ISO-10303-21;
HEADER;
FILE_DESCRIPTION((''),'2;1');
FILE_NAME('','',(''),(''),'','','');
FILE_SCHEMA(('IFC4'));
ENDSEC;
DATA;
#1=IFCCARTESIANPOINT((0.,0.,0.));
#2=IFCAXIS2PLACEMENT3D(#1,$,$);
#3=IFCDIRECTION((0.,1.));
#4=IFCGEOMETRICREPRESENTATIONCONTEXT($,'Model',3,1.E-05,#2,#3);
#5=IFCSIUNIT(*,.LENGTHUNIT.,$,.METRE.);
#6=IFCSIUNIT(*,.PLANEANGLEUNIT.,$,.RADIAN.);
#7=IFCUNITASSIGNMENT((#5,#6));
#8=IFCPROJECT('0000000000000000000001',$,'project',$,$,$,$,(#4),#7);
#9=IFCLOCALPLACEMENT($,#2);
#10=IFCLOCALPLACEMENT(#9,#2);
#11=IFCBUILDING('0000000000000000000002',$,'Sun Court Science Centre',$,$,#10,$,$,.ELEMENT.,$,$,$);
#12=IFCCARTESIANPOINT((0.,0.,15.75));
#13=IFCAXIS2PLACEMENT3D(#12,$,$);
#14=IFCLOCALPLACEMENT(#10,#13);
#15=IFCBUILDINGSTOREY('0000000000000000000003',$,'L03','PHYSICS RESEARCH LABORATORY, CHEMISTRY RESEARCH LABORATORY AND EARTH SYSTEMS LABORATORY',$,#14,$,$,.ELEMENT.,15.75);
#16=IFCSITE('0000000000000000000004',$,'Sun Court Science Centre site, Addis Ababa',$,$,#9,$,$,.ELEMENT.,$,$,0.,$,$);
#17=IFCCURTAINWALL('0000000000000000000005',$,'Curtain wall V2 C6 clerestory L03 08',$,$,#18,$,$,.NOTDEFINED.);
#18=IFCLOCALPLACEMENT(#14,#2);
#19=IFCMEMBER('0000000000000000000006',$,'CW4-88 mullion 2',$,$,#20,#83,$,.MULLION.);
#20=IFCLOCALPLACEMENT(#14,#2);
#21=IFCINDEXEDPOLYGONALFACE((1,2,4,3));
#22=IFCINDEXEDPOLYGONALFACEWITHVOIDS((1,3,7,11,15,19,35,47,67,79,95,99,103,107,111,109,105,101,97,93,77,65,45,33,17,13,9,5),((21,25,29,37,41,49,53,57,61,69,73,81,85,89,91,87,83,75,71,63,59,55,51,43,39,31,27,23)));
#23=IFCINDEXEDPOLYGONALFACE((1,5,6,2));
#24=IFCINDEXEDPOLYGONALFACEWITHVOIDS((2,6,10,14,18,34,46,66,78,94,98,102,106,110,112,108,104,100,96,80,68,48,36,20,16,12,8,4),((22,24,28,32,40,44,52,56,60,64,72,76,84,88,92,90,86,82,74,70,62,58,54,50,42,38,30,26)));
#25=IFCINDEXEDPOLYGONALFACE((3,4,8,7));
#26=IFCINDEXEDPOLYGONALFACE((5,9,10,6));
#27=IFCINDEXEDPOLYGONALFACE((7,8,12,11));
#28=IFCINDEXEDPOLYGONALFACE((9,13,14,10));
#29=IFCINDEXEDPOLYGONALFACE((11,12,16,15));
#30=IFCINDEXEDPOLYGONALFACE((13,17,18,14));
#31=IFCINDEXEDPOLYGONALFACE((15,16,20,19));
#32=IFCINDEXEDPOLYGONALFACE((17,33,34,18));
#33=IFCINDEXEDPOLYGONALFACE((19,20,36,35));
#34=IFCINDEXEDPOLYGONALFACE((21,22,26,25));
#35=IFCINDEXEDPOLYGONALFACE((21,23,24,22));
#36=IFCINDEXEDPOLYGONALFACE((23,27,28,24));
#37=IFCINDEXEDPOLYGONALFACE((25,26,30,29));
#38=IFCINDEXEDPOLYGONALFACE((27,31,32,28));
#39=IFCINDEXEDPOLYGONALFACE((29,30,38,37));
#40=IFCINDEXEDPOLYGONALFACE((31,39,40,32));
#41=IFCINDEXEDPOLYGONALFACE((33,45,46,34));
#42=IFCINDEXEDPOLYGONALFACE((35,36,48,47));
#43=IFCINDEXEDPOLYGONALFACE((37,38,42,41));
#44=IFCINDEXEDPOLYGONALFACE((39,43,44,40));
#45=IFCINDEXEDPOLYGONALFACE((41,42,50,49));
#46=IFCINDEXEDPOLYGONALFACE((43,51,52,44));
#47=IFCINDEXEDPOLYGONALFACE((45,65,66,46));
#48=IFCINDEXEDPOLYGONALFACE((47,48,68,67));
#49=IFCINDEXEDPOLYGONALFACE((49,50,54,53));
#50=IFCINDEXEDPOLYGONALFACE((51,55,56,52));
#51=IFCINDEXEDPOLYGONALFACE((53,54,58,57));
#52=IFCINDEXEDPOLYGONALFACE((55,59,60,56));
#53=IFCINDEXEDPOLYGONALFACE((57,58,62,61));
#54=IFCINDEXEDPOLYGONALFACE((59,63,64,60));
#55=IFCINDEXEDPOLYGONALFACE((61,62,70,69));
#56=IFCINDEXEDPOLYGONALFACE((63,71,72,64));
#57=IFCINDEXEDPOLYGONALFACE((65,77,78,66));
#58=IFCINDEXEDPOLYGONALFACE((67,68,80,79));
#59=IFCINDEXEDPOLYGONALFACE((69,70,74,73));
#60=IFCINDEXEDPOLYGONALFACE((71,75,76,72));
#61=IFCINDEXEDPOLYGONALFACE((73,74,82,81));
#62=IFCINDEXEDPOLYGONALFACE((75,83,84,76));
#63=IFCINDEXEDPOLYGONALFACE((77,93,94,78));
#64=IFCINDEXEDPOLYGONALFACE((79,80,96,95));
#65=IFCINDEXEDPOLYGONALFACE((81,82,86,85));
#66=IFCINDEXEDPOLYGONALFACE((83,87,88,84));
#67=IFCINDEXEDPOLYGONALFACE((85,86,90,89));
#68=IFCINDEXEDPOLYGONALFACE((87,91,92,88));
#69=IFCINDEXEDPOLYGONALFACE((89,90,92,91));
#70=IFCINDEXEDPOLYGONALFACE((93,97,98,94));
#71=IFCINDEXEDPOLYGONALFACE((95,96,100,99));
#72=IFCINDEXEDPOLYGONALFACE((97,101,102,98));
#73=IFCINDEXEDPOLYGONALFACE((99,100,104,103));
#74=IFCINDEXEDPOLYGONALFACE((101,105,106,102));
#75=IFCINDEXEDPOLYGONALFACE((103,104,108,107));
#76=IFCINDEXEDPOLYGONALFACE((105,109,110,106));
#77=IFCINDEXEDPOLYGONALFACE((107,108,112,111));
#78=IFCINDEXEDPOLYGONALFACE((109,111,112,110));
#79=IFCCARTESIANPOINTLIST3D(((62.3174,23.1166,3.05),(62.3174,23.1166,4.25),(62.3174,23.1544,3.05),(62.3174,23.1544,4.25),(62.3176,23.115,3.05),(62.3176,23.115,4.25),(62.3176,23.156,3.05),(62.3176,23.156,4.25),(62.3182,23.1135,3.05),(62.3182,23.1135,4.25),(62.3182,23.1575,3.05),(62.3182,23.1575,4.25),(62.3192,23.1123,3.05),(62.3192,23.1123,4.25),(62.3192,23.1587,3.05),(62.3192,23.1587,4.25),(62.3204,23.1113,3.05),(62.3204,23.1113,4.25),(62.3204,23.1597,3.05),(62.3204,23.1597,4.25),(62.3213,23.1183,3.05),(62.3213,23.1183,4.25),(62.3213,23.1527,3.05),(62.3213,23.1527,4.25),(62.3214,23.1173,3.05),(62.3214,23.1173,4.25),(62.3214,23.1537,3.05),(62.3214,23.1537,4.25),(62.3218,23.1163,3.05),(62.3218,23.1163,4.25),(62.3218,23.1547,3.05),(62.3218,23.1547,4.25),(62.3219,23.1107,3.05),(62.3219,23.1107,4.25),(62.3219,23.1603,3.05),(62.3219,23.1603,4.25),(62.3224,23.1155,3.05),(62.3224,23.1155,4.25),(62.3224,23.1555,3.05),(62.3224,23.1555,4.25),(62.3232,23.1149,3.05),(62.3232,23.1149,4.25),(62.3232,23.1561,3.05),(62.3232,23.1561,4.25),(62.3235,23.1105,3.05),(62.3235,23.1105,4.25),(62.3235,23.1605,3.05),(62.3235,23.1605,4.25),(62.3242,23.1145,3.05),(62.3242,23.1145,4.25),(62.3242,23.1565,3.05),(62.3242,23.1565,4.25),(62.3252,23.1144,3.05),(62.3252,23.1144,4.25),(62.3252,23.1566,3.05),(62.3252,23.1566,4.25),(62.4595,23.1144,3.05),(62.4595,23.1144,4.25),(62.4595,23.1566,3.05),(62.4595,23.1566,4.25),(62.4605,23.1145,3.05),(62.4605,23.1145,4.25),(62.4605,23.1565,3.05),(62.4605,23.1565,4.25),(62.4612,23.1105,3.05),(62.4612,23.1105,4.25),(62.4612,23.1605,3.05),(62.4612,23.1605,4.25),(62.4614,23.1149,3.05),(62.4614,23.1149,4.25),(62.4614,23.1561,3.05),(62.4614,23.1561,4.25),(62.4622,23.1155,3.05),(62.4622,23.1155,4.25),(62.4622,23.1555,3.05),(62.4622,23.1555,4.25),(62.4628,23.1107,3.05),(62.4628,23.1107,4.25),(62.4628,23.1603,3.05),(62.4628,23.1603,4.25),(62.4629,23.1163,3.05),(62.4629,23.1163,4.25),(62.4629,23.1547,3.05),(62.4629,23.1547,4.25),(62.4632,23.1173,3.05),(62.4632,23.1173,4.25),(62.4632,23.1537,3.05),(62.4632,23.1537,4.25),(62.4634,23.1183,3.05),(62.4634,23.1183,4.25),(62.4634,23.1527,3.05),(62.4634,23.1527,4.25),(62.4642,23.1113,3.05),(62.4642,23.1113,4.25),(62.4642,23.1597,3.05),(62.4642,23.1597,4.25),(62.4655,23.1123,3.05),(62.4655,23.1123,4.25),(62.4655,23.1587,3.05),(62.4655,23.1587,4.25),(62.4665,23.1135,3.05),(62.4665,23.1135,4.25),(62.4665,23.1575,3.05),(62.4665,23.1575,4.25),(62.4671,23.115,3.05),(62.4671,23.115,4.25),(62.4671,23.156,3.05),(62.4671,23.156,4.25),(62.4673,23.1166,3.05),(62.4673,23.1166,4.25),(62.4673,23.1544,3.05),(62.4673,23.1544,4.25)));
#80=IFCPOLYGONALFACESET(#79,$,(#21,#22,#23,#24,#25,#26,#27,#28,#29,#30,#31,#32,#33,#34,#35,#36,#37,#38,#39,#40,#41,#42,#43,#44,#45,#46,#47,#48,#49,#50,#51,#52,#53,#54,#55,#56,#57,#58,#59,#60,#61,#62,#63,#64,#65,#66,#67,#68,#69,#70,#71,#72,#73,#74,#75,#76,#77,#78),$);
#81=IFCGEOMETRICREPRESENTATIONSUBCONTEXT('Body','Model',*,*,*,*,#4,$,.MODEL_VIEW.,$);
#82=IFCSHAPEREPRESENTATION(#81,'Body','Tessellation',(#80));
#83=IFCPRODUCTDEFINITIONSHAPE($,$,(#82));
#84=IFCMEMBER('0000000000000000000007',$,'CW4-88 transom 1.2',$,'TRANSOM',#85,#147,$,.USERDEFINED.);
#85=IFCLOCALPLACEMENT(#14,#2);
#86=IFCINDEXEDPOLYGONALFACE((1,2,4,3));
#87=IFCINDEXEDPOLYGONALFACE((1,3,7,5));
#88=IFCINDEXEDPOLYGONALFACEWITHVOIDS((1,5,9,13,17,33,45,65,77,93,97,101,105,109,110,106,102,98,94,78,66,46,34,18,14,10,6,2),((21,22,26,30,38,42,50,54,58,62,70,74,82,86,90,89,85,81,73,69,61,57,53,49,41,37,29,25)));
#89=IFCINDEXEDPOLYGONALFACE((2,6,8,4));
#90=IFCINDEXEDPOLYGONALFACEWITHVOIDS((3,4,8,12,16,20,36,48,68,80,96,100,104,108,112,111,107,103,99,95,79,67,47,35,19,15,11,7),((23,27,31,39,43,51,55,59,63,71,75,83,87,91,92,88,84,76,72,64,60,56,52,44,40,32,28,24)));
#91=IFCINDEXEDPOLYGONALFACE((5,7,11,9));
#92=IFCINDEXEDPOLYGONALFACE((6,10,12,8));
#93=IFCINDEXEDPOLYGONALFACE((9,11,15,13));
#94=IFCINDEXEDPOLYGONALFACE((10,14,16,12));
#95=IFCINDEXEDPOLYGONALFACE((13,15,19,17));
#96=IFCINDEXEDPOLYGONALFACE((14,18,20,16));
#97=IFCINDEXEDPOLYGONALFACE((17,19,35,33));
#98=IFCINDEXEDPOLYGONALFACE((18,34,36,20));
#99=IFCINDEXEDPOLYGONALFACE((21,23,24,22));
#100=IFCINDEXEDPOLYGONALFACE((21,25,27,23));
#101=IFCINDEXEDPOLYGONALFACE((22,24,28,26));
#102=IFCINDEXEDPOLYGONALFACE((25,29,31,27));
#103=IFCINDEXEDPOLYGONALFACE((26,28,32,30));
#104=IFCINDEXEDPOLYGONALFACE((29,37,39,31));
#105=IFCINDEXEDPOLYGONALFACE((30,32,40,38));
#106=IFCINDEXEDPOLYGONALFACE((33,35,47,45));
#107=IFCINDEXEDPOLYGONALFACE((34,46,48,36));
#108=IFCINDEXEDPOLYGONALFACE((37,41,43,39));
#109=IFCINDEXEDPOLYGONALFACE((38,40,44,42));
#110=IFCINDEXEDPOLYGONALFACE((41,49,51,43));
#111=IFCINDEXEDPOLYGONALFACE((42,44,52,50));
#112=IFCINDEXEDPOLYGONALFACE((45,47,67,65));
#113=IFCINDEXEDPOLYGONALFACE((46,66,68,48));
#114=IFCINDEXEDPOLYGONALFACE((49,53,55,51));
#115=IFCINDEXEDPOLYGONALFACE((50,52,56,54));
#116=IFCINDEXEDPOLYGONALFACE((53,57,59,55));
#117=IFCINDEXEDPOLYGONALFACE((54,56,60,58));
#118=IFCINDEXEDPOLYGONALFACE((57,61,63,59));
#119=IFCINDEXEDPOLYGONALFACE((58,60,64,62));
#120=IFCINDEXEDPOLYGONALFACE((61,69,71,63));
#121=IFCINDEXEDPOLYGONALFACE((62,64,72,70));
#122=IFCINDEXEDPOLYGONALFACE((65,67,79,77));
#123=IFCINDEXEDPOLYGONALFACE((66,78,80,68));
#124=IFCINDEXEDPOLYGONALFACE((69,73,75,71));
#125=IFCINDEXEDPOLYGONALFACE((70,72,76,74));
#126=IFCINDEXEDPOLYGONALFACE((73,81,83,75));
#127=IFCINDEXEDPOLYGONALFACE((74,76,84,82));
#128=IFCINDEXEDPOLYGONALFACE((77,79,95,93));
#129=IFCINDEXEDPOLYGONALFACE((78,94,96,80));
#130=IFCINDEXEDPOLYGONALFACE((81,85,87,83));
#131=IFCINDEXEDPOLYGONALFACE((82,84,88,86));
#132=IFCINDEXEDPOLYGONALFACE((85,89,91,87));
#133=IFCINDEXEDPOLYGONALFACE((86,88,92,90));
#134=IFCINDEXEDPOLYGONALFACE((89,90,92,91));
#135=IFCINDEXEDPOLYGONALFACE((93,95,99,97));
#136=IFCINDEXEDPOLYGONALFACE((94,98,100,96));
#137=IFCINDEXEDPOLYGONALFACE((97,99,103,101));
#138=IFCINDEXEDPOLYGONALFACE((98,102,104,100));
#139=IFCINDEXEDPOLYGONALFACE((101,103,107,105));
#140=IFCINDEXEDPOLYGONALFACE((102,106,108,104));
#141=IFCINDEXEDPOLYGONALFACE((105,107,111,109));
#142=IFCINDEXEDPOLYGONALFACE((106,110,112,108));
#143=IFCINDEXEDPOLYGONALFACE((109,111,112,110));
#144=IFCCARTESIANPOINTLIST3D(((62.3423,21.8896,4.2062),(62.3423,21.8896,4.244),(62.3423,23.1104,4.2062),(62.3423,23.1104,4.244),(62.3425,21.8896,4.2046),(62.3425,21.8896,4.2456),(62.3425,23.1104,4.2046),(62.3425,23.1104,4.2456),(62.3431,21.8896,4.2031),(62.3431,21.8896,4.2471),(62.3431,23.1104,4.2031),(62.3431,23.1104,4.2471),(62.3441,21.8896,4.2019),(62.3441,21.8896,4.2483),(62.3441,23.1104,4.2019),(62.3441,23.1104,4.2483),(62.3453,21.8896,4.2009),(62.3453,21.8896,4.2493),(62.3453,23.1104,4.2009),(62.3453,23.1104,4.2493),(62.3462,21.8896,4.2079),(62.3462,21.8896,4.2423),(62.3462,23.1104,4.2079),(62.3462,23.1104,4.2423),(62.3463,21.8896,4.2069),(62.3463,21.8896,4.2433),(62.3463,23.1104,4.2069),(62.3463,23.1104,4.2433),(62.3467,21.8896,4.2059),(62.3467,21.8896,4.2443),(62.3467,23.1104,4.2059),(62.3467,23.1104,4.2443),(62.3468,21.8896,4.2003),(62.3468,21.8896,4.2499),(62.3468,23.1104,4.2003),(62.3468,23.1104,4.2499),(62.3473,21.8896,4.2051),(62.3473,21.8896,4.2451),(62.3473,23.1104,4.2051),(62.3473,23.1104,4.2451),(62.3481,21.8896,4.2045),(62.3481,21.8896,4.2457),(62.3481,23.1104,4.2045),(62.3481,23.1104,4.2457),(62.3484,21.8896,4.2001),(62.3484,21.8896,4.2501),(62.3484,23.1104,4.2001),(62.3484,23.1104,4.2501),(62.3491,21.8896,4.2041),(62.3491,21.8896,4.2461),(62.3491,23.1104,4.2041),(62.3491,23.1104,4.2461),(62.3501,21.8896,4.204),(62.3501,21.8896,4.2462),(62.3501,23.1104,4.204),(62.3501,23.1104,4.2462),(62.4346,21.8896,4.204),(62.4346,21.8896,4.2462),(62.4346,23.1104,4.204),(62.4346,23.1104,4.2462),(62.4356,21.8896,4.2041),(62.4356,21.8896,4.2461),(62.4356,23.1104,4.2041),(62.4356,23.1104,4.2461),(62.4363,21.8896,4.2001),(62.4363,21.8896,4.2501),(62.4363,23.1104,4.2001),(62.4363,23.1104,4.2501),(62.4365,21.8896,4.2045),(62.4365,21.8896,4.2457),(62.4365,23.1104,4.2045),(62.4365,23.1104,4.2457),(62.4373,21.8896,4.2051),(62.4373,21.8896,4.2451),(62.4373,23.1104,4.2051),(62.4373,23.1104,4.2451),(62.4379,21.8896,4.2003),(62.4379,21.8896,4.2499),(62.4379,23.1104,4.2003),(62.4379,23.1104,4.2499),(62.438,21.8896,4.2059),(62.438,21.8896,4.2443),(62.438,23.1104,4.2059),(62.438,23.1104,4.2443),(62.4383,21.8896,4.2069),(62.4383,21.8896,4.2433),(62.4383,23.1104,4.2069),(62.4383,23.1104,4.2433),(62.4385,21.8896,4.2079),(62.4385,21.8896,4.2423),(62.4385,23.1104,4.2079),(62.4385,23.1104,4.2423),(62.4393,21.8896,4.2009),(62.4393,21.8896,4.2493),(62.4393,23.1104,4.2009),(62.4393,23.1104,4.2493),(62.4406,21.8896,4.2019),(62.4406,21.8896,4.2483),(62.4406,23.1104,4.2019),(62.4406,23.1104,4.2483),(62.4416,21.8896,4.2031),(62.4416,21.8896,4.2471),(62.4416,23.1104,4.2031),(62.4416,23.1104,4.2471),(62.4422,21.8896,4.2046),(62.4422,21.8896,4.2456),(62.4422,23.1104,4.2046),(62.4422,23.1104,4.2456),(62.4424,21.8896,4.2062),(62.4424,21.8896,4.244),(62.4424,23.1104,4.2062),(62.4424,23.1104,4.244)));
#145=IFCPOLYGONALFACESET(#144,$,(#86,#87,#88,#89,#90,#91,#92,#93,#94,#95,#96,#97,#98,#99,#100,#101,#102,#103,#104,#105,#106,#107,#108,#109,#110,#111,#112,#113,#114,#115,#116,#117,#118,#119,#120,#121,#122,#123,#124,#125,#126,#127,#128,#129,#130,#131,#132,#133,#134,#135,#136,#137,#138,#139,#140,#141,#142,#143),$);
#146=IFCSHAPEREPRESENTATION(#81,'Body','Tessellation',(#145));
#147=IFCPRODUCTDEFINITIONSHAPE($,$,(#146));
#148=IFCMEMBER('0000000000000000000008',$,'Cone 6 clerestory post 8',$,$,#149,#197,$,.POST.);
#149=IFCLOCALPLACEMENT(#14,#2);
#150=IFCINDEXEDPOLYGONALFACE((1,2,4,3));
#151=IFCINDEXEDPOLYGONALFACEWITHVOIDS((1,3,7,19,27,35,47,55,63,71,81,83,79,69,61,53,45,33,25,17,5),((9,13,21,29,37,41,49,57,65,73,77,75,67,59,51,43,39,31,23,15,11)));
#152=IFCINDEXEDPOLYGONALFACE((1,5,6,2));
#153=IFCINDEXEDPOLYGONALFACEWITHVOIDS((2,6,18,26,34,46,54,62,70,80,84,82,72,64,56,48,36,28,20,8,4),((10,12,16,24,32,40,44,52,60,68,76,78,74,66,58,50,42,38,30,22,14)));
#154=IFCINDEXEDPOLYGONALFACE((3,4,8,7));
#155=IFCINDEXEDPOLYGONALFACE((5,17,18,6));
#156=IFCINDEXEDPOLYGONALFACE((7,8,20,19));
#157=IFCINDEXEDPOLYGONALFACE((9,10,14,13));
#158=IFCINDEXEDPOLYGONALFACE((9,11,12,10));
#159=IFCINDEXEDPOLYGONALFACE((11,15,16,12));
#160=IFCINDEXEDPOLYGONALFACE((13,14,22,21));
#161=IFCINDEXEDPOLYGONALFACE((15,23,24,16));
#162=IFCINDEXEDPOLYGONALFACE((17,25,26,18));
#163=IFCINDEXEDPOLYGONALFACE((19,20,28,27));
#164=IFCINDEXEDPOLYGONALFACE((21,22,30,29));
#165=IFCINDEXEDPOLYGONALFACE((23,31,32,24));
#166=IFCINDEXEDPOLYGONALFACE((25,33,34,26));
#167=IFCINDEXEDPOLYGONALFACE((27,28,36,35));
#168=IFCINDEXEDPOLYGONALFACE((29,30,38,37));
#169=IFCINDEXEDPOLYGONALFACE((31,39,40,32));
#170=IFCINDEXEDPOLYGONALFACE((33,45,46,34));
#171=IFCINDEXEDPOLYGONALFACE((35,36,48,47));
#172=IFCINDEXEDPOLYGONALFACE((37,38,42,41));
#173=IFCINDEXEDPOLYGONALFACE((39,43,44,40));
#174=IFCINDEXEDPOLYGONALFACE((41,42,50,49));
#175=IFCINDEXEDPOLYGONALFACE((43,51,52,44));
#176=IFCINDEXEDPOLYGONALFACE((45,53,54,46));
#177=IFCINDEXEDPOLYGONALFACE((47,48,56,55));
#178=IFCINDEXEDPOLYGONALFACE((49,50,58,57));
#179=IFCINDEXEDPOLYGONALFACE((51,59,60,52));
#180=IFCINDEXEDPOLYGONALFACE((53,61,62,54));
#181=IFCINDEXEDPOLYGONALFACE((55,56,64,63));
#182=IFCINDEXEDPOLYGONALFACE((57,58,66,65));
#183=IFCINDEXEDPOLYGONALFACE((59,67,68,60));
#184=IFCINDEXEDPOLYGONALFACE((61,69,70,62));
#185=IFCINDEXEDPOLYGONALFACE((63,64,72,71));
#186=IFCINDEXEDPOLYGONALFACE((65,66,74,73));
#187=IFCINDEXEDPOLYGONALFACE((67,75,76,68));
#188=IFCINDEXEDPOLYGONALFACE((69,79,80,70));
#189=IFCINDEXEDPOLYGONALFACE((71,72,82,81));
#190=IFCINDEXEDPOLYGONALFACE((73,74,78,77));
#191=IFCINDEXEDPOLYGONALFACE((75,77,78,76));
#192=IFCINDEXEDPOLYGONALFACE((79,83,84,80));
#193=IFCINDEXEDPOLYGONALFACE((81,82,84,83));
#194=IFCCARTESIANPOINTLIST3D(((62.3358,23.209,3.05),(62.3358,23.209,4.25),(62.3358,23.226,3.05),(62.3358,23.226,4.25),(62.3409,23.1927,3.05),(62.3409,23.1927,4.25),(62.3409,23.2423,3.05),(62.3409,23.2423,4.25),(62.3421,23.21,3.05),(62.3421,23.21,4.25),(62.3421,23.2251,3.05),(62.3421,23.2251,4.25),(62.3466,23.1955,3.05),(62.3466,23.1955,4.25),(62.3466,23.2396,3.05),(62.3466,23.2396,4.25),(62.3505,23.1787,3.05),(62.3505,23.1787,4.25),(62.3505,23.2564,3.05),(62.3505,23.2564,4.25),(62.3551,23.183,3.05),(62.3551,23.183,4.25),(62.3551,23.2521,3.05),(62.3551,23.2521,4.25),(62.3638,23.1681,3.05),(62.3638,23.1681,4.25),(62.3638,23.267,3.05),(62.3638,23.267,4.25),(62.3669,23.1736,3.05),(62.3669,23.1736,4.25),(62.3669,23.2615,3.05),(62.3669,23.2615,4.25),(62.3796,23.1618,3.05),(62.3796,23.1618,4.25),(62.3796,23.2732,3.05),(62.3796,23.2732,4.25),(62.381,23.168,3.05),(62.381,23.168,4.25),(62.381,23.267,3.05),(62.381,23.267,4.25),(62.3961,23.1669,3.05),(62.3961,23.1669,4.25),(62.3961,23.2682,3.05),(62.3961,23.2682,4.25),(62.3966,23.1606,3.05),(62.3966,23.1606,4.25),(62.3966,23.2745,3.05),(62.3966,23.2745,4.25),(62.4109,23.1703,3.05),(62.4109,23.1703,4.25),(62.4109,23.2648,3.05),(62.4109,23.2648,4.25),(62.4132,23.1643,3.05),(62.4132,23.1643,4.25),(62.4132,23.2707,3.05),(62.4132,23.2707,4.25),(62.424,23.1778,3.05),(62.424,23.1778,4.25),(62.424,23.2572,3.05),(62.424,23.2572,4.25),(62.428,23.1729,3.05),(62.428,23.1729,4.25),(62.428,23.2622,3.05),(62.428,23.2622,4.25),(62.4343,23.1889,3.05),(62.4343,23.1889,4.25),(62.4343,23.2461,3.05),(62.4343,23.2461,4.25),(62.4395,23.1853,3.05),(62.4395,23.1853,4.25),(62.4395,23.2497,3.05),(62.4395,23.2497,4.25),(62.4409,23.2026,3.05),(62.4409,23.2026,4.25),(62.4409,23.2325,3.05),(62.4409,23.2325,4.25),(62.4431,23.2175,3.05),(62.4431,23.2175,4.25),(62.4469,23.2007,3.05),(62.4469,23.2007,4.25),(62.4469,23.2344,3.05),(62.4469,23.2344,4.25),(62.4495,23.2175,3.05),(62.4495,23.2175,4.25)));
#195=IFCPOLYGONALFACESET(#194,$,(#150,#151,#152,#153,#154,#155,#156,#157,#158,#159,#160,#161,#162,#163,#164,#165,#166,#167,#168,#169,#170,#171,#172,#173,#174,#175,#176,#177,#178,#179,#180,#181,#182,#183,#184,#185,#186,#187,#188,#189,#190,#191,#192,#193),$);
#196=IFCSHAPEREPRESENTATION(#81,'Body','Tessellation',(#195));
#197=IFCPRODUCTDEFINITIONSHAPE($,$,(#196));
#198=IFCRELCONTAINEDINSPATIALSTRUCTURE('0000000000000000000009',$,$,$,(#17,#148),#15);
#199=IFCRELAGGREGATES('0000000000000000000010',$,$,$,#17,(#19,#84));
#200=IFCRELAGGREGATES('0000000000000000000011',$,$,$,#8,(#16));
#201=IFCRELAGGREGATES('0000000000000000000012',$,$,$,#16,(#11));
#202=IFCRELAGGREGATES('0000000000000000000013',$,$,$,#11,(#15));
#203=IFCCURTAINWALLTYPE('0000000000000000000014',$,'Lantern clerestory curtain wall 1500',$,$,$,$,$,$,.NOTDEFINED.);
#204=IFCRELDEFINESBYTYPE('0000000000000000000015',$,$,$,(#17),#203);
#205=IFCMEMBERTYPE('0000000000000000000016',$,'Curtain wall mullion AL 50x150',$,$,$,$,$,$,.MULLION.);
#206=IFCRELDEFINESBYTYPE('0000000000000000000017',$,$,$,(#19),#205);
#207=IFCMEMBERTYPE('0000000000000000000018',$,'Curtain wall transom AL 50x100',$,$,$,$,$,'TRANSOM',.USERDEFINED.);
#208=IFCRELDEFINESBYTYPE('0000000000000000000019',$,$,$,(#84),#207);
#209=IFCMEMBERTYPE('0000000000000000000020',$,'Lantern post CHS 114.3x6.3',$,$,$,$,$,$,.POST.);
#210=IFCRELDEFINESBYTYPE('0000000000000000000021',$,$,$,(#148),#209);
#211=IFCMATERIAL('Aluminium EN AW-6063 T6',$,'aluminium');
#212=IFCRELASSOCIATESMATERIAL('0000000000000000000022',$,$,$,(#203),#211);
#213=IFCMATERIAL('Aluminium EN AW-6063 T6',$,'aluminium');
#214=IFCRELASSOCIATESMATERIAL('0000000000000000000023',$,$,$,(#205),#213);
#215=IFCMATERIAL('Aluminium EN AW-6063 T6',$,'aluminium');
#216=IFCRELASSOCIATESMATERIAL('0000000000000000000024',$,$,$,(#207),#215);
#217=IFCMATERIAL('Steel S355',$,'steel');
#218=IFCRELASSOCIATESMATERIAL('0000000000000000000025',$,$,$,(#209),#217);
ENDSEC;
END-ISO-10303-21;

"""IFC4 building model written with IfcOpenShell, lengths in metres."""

from ifc_helpers import new_model, si_unit, direction, frame, origin, origin_2d, place, context, subcontext, project, spatial, hollow_rectangle, hollow_circle, extrude, material, material_profile, profile_set, type_object, element, aggregate, save


model = new_model("IFC4")

# Units and contexts
model_context = context("Model", 3, precision=1e-05, world=origin(), true_north=direction((0.0, 1.0)))
body_context = subcontext(model_context, "Body", "Model", "MODEL_VIEW")
ifc_project = project(units=[si_unit("LENGTHUNIT", "METRE"), si_unit("PLANEANGLEUNIT", "RADIAN")], contexts=[model_context])

# Site, building, storey
site_placement = place(None, origin())
site = spatial("IfcSite", under=ifc_project, at=site_placement, Name="Sun Court Science Centre site, Addis Ababa", CompositionType="ELEMENT", RefElevation=0.0)
building_placement = place(site_placement, origin())
building = spatial("IfcBuilding", under=site, at=building_placement, Name="Sun Court Science Centre", CompositionType="ELEMENT")
storey_placement = place(building_placement, frame((0.0, 0.0, 15.75)))
storey = spatial("IfcBuildingStorey", under=building, at=storey_placement, Name="L03", Description="PHYSICS RESEARCH LABORATORY, CHEMISTRY RESEARCH LABORATORY AND EARTH SYSTEMS LABORATORY", CompositionType="ELEMENT", Elevation=15.75)

# Curtain wall, members
ifc_material_1 = material(Name="Aluminium EN AW-6063 T6", Category="aluminium")
curtain_wall_type = type_object("IfcCurtainWallType", Name="Lantern clerestory curtain wall 1500", PredefinedType="NOTDEFINED", material=ifc_material_1)
curtain_wall_placement = place(storey_placement, origin())
curtain_wall = element("IfcCurtainWall", 1, at=curtain_wall_placement, inside=storey, type_object=curtain_wall_type, Name="Curtain wall V2 C6 clerestory L03 08", PredefinedType="NOTDEFINED")
ifc_material_2 = material(Name="Aluminium EN AW-6063 T6", Category="aluminium")
ifc_material_profile_1 = material_profile(ifc_material_2, hollow_rectangle(XDim=0.05, YDim=0.1499, WallThickness=0.0039, InnerFilletRadius=0.0039, OuterFilletRadius=0.0061, at=origin_2d()), Name="AL 50x150x4")
ifc_profile_set_1 = profile_set([ifc_material_profile_1], Name="Aluminium EN AW-6063 T6")
member_type_1 = type_object("IfcMemberType", Name="Curtain wall mullion AL 50x150", PredefinedType="MULLION", material=ifc_profile_set_1)
member_1_placement = place(storey_placement, frame((62.3923, 23.1355, 3.05), z_axis=(0.0, 0.0, 1.0), x_axis=(0.0, 1.0, 0.0)))
member_1 = element("IfcMember", 2, at=member_1_placement, type_object=member_type_1, Name="CW4-88 mullion 2", PredefinedType="MULLION", context=body_context, shape_type="SweptSolid", body=[
    extrude(hollow_rectangle(XDim=0.05, YDim=0.1499, WallThickness=0.0039, InnerFilletRadius=0.0039, OuterFilletRadius=0.0061, at=origin_2d()), origin(), (0.0, 0.0, 1.0), 1.2),
])
ifc_material_3 = material(Name="Aluminium EN AW-6063 T6", Category="aluminium")
ifc_material_profile_2 = material_profile(ifc_material_3, hollow_rectangle(XDim=0.05, YDim=0.1001, WallThickness=0.0039, InnerFilletRadius=0.0039, OuterFilletRadius=0.0061, at=origin_2d()), Name="AL 50x100x4")
ifc_profile_set_2 = profile_set([ifc_material_profile_2], Name="Aluminium EN AW-6063 T6")
member_type_2 = type_object("IfcMemberType", Name="Curtain wall transom AL 50x100", ElementType="TRANSOM", PredefinedType="USERDEFINED", material=ifc_profile_set_2)
member_2_placement = place(storey_placement, frame((62.3923, 21.8896, 4.2251), z_axis=(0.0, 1.0, 0.0), x_axis=(0.0, 0.0, 1.0)))
member_2 = element("IfcMember", 3, at=member_2_placement, type_object=member_type_2, Name="CW4-88 transom 1.2", ObjectType="TRANSOM", PredefinedType="USERDEFINED", context=body_context, shape_type="SweptSolid", body=[
    extrude(hollow_rectangle(XDim=0.05, YDim=0.1001, WallThickness=0.0039, InnerFilletRadius=0.0039, OuterFilletRadius=0.0061, at=origin_2d()), origin(), (0.0, 0.0, 1.0), 1.2207),
])

# Member
ifc_material_4 = material(Name="Steel S355", Category="steel")
ifc_material_profile_3 = material_profile(ifc_material_4, hollow_circle(Radius=0.0571, WallThickness=0.0063, at=origin_2d()), Name="CHS 114.3x6.3")
ifc_profile_set_3 = profile_set([ifc_material_profile_3], Name="Steel S355")
member_type_3 = type_object("IfcMemberType", Name="Lantern post CHS 114.3x6.3", PredefinedType="POST", material=ifc_profile_set_3)
member_3_placement = place(storey_placement, frame((62.3923, 23.2175, 3.05), z_axis=(0.0, 0.0, 1.0), x_axis=(1.0, 0.0, 0.0)))
element("IfcMember", 4, at=member_3_placement, inside=storey, type_object=member_type_3, Name="Cone 6 clerestory post 8", PredefinedType="POST", context=body_context, shape_type="SweptSolid", body=[
    extrude(hollow_circle(Radius=0.0571, WallThickness=0.0063, at=origin_2d()), origin(), (0.0, 0.0, 1.0), 1.2),
])

aggregate(curtain_wall, [member_1, member_2])

save(model, "model.ifc")
